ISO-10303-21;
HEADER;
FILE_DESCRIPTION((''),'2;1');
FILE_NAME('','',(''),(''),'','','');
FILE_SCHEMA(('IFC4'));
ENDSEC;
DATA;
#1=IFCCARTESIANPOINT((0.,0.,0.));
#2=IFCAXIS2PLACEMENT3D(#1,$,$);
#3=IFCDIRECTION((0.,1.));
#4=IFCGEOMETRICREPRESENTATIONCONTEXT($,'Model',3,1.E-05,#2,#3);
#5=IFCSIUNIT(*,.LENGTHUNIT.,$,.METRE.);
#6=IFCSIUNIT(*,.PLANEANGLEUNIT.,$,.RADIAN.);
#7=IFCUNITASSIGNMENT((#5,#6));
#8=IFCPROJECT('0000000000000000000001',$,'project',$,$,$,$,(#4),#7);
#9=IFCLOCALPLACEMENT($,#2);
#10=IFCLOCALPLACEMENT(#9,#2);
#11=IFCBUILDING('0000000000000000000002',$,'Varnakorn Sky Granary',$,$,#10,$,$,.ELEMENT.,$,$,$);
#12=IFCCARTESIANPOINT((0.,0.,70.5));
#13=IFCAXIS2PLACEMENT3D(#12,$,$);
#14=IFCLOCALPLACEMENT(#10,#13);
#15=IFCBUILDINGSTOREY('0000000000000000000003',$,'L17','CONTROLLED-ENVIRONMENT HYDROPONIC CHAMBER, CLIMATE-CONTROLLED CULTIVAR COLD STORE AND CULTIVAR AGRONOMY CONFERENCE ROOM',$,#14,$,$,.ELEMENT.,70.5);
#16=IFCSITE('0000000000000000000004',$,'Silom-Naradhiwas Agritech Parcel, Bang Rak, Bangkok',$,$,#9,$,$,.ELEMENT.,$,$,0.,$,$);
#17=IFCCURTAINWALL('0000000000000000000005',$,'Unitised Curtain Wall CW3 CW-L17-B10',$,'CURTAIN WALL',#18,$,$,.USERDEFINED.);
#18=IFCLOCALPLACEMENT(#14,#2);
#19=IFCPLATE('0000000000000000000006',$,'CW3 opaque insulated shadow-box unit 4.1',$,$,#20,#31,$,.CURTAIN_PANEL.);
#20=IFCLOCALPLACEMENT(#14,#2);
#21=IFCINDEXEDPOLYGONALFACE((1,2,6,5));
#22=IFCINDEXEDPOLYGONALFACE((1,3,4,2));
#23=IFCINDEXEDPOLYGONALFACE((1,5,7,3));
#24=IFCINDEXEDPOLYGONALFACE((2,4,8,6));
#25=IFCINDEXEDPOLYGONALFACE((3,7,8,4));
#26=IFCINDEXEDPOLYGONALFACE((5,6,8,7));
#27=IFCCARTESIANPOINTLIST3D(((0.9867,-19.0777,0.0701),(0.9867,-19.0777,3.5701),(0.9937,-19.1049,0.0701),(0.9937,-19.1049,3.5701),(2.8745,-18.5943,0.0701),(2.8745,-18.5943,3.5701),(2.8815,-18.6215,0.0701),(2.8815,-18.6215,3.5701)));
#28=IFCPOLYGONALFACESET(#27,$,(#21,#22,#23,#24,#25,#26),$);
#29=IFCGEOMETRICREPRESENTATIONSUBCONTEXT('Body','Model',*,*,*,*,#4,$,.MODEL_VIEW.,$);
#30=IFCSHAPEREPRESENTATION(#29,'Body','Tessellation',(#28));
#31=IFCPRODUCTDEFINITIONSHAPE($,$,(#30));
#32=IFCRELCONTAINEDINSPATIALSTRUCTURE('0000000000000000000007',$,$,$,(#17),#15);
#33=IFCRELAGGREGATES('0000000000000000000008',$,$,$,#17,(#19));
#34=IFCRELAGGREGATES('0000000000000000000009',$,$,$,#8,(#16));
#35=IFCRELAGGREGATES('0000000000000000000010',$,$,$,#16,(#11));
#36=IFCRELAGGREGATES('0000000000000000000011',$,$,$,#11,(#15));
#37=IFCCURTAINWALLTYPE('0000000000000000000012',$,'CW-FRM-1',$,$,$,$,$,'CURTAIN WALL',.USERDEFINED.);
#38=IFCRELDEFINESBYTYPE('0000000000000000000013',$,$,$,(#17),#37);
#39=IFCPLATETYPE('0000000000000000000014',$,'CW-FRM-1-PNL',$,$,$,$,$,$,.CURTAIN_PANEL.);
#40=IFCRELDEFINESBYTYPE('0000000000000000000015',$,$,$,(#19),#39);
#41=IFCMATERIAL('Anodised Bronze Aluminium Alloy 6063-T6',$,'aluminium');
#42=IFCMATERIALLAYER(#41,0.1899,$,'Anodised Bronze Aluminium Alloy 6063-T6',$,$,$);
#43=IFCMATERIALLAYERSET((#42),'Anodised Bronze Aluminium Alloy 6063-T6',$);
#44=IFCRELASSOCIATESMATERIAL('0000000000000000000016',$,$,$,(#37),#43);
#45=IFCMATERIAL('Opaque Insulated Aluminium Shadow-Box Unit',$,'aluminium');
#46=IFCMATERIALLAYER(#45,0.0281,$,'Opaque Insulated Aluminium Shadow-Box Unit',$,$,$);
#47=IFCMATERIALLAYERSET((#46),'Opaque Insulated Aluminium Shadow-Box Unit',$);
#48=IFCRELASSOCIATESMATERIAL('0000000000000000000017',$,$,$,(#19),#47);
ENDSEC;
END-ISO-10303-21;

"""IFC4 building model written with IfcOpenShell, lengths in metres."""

from ifc_helpers import new_model, si_unit, direction, frame, origin, origin_2d, place, context, subcontext, project, spatial, rectangle, extrude, source, transform, mapped, material, layer, layer_set, type_object, element, aggregate, save


model = new_model("IFC4")

# Units and contexts
model_context = context("Model", 3, precision=1e-05, world=origin(), true_north=direction((0.0, 1.0)))
body_context = subcontext(model_context, "Body", "Model", "MODEL_VIEW")
ifc_project = project(units=[si_unit("LENGTHUNIT", "METRE"), si_unit("PLANEANGLEUNIT", "RADIAN")], contexts=[model_context])

# Site, building, storey
site_placement = place(None, origin())
site = spatial("IfcSite", under=ifc_project, at=site_placement, Name="Silom-Naradhiwas Agritech Parcel, Bang Rak, Bangkok", CompositionType="ELEMENT", RefElevation=0.0)
building_placement = place(site_placement, origin())
building = spatial("IfcBuilding", under=site, at=building_placement, Name="Varnakorn Sky Granary", CompositionType="ELEMENT")
storey_placement = place(building_placement, frame((0.0, 0.0, 70.5)))
storey = spatial("IfcBuildingStorey", under=building, at=storey_placement, Name="L17", Description="CONTROLLED-ENVIRONMENT HYDROPONIC CHAMBER, CLIMATE-CONTROLLED CULTIVAR COLD STORE AND CULTIVAR AGRONOMY CONFERENCE ROOM", CompositionType="ELEMENT", Elevation=70.5)

# Curtain wall
ifc_material_1 = material(Name="Anodised Bronze Aluminium Alloy 6063-T6", Category="aluminium")
ifc_layer_1 = layer(ifc_material_1, 0.1899, Name="Anodised Bronze Aluminium Alloy 6063-T6")
ifc_layer_set_1 = layer_set([ifc_layer_1], Name="Anodised Bronze Aluminium Alloy 6063-T6")
curtain_wall_type = type_object("IfcCurtainWallType", Name="CW-FRM-1", ElementType="CURTAIN WALL", PredefinedType="USERDEFINED", material=ifc_layer_set_1)
curtain_wall_placement = place(storey_placement, origin())
curtain_wall = element("IfcCurtainWall", 1, at=curtain_wall_placement, inside=storey, type_object=curtain_wall_type, Name="Unitised Curtain Wall CW3 CW-L17-B10", ObjectType="CURTAIN WALL", PredefinedType="USERDEFINED")

# Plate
plate_type = type_object("IfcPlateType", Name="CW-FRM-1-PNL", PredefinedType="CURTAIN_PANEL")
shared_shape_1 = source(origin(), body_context, "Body", "SweptSolid", [
    extrude(rectangle(XDim=1.9487, YDim=0.0281, at=origin_2d()), origin(), (0.0, 0.0, 1.0), 3.5),
])
ifc_material_2 = material(Name="Opaque Insulated Aluminium Shadow-Box Unit", Category="aluminium")
ifc_layer_2 = layer(ifc_material_2, 0.0281, Name="Opaque Insulated Aluminium Shadow-Box Unit")
ifc_layer_set_2 = layer_set([ifc_layer_2], Name="Opaque Insulated Aluminium Shadow-Box Unit")
plate_1_placement = place(storey_placement, frame((1.9341, -18.8496, 0.0701), z_axis=(0.0, 0.0, 1.0), x_axis=(-0.968746, -0.248054, 0.0)))
plate_1 = element("IfcPlate", 2, at=plate_1_placement, type_object=plate_type, material=ifc_layer_set_2, Name="CW3 opaque insulated shadow-box unit 4.1", PredefinedType="CURTAIN_PANEL", context=body_context, shape_type="MappedRepresentation", body=[
    mapped(shared_shape_1, transform((0.0, 0.0, 0.0), x_axis=(1.0, 0.0, 0.0), y_axis=(0.0, 1.0, 0.0), z_axis=(0.0, 0.0, 1.0), scale=1.0)),
])
aggregate(curtain_wall, [plate_1])

save(model, "model.ifc")
